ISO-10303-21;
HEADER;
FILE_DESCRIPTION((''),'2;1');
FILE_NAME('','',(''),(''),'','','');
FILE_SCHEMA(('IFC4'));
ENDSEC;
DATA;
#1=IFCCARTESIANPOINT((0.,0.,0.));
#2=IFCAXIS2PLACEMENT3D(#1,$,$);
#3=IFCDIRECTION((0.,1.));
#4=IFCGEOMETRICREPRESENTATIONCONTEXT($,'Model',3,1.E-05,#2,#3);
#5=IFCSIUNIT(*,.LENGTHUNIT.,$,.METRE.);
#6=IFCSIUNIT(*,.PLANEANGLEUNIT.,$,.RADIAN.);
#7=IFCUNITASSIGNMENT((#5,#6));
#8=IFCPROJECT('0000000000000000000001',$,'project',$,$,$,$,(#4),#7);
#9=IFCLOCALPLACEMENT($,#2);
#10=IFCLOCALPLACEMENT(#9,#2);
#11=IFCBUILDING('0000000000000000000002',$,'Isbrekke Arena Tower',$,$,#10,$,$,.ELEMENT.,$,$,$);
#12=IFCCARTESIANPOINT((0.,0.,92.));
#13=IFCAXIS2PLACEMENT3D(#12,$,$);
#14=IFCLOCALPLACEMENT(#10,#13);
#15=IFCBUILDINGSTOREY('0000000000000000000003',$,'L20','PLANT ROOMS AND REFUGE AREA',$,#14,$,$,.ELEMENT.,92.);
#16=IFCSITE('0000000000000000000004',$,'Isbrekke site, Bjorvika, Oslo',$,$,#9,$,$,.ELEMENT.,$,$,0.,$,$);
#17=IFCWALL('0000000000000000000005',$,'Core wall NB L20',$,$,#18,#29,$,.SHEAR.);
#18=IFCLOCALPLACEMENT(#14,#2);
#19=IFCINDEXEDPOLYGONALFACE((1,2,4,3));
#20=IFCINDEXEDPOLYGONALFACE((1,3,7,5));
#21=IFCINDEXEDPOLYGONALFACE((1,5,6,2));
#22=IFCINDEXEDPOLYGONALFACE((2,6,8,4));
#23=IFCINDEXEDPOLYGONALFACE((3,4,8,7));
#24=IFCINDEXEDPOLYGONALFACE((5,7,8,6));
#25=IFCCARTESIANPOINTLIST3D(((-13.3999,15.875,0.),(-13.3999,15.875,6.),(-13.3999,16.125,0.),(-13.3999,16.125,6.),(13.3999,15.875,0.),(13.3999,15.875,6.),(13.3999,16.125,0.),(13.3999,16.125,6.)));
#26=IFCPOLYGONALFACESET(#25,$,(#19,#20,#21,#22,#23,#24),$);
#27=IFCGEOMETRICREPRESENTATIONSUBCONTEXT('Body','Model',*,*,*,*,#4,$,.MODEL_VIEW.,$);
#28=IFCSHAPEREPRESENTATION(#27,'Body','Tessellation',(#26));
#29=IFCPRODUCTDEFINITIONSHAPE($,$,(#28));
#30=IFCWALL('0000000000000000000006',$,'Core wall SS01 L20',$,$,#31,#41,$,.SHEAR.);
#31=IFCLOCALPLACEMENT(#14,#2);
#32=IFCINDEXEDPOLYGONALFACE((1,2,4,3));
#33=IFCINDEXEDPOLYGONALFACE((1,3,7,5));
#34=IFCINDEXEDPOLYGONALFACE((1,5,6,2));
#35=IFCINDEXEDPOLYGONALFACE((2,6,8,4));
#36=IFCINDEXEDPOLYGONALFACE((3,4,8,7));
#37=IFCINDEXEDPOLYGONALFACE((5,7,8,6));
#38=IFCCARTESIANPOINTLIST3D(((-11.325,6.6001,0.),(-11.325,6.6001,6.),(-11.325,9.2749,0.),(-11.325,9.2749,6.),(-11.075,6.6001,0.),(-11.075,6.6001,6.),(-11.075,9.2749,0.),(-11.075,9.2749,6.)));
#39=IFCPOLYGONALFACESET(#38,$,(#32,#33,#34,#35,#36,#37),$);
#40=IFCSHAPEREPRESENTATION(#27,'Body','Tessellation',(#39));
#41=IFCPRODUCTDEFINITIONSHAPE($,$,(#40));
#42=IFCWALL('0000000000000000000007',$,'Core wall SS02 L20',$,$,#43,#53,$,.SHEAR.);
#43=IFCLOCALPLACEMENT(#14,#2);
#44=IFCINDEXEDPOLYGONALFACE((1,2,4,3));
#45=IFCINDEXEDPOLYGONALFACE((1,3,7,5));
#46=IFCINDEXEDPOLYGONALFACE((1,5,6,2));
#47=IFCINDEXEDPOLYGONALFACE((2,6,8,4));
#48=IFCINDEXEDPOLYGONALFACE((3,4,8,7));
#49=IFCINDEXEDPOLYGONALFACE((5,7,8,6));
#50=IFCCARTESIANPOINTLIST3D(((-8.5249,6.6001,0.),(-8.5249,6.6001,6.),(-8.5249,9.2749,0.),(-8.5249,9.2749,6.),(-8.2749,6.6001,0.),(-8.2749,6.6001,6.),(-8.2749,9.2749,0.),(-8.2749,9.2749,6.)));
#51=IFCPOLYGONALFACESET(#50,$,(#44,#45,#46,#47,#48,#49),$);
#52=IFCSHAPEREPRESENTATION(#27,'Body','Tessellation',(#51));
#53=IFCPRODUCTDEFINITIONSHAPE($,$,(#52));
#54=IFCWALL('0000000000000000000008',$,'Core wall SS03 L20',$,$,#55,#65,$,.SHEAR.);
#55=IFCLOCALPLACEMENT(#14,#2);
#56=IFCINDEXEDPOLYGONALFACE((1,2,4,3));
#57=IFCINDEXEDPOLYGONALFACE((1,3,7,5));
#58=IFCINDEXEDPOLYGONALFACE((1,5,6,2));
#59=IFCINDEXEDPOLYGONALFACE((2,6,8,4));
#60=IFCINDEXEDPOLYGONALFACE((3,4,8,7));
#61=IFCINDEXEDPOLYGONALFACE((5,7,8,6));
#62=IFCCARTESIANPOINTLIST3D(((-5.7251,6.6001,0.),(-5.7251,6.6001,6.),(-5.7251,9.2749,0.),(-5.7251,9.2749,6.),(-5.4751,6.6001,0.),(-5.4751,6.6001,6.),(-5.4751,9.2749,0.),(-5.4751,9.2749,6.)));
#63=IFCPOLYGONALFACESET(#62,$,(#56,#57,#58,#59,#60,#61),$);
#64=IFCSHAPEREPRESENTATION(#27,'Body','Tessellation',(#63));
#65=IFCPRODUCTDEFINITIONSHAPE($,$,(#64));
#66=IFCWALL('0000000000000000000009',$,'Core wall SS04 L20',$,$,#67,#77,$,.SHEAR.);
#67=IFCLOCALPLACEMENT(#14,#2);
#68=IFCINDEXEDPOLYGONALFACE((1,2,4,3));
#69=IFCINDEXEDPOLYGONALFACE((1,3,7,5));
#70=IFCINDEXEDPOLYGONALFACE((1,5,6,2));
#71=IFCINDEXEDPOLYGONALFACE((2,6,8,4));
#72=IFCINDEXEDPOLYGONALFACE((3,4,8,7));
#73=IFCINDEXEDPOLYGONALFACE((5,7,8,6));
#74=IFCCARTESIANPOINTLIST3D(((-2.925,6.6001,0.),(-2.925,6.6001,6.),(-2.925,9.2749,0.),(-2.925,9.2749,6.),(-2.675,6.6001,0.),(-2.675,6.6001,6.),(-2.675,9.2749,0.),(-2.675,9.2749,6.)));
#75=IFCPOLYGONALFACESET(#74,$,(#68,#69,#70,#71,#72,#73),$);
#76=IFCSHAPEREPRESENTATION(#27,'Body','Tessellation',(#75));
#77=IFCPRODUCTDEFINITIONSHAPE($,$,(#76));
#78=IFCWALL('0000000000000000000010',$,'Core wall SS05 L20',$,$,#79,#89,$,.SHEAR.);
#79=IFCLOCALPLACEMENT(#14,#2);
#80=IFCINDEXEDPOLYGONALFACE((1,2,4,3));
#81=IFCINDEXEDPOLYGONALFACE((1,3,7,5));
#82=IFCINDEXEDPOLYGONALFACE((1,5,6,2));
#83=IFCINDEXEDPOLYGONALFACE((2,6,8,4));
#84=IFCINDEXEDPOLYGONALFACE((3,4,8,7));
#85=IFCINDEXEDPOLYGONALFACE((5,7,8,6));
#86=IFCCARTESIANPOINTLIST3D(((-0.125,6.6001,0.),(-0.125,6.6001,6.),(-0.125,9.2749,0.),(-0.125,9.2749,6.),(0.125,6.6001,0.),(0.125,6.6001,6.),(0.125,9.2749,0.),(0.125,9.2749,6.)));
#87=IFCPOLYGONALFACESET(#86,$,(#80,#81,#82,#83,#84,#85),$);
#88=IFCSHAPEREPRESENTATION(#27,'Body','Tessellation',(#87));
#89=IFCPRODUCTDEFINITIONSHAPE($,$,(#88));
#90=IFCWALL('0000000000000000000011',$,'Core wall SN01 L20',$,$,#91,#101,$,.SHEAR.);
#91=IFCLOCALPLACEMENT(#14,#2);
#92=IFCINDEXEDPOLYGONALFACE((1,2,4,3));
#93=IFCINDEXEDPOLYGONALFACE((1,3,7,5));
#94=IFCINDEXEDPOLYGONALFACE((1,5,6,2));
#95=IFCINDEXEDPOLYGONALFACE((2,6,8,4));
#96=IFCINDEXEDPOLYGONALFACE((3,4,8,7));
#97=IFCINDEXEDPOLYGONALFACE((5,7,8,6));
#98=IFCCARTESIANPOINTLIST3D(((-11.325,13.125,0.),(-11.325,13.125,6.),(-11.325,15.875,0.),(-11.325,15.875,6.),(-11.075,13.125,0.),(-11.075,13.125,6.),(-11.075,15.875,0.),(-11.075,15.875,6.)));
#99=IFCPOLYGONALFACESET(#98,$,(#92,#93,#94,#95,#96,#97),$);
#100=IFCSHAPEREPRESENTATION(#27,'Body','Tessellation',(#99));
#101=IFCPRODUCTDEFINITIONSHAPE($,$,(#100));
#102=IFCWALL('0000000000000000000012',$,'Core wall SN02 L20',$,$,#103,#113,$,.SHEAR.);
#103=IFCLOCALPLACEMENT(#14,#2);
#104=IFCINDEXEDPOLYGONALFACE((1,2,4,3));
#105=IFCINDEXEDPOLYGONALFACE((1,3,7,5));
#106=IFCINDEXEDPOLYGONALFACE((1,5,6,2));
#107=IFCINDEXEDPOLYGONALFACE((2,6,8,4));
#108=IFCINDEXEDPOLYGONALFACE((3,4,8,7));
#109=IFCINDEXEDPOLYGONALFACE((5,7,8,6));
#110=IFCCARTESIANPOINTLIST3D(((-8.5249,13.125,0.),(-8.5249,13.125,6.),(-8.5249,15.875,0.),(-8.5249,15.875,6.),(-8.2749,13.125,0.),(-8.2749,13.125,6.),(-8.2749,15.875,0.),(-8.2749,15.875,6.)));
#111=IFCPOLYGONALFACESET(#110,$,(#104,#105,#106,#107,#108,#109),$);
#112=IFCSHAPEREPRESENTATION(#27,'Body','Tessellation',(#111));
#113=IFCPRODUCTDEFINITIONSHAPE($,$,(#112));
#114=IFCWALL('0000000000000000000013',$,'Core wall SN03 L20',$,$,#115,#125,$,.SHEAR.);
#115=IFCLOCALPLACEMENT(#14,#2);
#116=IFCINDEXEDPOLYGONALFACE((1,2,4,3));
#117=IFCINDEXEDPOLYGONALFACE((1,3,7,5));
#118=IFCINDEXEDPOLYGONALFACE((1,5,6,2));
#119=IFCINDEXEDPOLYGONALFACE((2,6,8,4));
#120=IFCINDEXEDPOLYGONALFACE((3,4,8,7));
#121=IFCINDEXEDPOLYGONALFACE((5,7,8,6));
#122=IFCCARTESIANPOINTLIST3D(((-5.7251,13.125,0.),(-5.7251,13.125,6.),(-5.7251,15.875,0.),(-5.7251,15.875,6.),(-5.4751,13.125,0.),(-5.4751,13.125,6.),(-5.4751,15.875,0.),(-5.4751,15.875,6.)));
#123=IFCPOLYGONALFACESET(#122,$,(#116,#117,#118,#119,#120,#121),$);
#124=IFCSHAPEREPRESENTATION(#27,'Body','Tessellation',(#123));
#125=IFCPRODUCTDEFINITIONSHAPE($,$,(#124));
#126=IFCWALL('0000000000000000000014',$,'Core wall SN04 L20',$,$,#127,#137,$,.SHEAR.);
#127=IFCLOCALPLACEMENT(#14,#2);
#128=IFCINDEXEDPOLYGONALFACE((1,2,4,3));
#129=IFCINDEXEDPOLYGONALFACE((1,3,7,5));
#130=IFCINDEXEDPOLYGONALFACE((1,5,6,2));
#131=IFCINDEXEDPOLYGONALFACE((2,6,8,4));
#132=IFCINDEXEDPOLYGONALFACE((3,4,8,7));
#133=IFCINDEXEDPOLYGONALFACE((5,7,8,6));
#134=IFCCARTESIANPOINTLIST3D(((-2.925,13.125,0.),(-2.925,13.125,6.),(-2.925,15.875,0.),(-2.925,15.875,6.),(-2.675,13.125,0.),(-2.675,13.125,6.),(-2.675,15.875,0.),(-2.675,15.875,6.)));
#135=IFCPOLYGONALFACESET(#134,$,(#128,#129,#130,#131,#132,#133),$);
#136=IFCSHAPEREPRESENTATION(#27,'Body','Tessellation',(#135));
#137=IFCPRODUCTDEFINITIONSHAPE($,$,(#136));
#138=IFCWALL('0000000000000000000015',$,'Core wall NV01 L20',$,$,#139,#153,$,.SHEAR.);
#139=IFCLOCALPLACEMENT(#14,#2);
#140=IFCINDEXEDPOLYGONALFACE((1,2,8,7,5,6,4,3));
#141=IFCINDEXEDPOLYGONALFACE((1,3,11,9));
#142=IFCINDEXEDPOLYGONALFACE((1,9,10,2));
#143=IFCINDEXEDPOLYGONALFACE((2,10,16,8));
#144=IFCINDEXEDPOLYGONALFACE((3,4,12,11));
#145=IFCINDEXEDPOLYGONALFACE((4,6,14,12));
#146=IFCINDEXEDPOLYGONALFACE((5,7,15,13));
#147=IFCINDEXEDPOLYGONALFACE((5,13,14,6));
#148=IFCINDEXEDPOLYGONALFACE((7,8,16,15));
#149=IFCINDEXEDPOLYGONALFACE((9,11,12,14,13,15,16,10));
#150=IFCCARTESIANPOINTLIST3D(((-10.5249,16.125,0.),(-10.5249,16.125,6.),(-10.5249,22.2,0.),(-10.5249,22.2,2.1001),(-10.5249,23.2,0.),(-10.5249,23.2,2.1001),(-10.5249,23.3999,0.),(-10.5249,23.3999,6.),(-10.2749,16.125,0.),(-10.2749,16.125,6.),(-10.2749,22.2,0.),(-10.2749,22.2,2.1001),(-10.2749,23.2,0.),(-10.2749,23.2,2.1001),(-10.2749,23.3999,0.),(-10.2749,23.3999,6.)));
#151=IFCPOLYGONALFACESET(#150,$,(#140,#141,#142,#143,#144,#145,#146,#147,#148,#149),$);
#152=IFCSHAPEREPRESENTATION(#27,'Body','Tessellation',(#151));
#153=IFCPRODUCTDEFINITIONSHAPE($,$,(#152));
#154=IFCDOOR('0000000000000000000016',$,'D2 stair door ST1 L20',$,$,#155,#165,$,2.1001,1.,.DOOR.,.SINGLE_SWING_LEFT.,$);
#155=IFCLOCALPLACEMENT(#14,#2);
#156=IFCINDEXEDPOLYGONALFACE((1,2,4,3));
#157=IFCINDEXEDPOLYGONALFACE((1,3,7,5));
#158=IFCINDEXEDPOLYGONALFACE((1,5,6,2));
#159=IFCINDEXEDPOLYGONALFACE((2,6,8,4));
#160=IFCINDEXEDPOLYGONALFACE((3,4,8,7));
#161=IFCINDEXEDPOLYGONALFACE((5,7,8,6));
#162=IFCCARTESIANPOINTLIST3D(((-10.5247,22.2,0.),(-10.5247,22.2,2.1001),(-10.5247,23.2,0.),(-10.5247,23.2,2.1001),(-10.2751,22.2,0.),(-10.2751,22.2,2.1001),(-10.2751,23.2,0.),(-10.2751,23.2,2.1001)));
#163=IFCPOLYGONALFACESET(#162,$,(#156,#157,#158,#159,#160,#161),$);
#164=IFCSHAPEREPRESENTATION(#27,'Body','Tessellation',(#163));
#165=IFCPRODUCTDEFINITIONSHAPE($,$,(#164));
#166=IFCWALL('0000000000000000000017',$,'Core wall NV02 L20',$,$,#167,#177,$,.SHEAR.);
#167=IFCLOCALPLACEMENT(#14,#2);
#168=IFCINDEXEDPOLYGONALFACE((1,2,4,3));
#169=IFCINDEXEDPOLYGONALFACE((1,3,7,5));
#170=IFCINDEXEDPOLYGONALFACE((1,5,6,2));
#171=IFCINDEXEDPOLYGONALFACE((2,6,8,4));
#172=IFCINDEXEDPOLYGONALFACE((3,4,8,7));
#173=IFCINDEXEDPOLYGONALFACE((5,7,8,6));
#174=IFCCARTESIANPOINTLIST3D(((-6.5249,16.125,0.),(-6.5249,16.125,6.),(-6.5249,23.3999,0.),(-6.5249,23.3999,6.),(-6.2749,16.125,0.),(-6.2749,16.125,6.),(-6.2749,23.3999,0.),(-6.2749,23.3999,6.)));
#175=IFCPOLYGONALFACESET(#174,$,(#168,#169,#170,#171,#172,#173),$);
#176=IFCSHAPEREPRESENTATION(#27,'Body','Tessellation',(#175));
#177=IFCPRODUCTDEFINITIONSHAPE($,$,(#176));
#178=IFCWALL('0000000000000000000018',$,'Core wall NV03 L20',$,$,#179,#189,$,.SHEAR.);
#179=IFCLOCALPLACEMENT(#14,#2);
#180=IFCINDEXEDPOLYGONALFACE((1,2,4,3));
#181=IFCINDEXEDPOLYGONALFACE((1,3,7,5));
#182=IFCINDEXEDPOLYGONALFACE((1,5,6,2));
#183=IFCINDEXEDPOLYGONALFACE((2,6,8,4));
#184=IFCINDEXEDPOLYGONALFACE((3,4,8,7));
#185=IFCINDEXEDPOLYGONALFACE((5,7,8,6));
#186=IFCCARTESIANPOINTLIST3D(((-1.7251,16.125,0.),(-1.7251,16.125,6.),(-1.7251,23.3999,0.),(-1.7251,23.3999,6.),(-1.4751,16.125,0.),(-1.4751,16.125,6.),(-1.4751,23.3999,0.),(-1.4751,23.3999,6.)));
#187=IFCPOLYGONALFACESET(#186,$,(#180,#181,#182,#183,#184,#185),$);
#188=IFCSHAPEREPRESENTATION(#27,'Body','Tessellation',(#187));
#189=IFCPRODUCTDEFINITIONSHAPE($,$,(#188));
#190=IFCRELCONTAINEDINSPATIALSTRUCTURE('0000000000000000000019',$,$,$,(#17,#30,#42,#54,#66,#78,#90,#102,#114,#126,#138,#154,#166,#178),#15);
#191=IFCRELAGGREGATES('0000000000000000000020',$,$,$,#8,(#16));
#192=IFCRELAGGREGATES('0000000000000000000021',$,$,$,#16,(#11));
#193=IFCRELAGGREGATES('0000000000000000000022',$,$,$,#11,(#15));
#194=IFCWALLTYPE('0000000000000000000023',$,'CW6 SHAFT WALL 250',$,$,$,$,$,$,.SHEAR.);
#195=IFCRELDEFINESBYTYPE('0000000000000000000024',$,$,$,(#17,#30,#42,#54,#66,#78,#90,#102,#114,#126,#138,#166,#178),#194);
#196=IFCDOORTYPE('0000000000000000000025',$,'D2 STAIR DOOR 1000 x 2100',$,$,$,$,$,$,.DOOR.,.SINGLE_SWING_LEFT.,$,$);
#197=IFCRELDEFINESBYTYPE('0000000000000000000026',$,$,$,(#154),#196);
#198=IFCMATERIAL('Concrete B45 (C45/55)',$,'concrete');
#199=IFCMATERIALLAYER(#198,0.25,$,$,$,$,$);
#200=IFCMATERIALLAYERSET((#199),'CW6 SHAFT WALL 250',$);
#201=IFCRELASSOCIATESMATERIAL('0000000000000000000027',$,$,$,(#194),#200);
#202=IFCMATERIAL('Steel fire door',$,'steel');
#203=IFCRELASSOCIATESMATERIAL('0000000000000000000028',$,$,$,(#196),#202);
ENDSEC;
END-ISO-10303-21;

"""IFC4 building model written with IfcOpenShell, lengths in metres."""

from ifc_helpers import new_model, si_unit, direction, frame, frame_2d, origin, place, context, subcontext, project, spatial, rectangle, extrude, material, layer, layer_set, type_object, element, fill, save


model = new_model("IFC4")

# Units and contexts
model_context = context("Model", 3, precision=1e-05, world=origin(), true_north=direction((0.0, 1.0)))
body_context = subcontext(model_context, "Body", "Model", "MODEL_VIEW")
ifc_project = project(units=[si_unit("LENGTHUNIT", "METRE"), si_unit("PLANEANGLEUNIT", "RADIAN")], contexts=[model_context])

# Site, building, storey
site_placement = place(None, origin())
site = spatial("IfcSite", under=ifc_project, at=site_placement, Name="Isbrekke site, Bjorvika, Oslo", CompositionType="ELEMENT", RefElevation=0.0)
building_placement = place(site_placement, origin())
building = spatial("IfcBuilding", under=site, at=building_placement, Name="Isbrekke Arena Tower", CompositionType="ELEMENT")
storey_placement = place(building_placement, frame((0.0, 0.0, 92.0)))
storey = spatial("IfcBuildingStorey", under=building, at=storey_placement, Name="L20", Description="PLANT ROOMS AND REFUGE AREA", CompositionType="ELEMENT", Elevation=92.0)

# Walls
ifc_material_1 = material(Name="Concrete B45 (C45/55)", Category="concrete")
ifc_layer_1 = layer(ifc_material_1, 0.25)
ifc_layer_set_1 = layer_set([ifc_layer_1], Name="CW6 SHAFT WALL 250")
wall_type_1 = type_object("IfcWallType", Name="CW6 SHAFT WALL 250", PredefinedType="SHEAR", material=ifc_layer_set_1)
for number, where, z_axis, x_axis, name in (
    (1, (-13.3999, 16.0, 0.0), (0.0, 0.0, 1.0), (1.0, 0.0, 0.0), "Core wall NB L20"),
):
    element("IfcWall", number, at=place(storey_placement, frame(where, z_axis=z_axis, x_axis=x_axis)), inside=storey, type_object=wall_type_1, Name=name, PredefinedType="SHEAR", context=body_context, shape_type="SweptSolid", body=[
        extrude(rectangle(XDim=26.7998, YDim=0.25, at=frame_2d((13.3999, 0.0))), origin(), (0.0, 0.0, 1.0), 6.0),
    ])
for number, where, z_axis, x_axis, name in (
    (2, (-11.2, 6.6001, 0.0), (0.0, 0.0, 1.0), (0.0, 1.0, 0.0), "Core wall SS01 L20"),
    (3, (-8.3999, 6.6001, 0.0), (0.0, 0.0, 1.0), (0.0, 1.0, 0.0), "Core wall SS02 L20"),
    (4, (-5.6001, 6.6001, 0.0), (0.0, 0.0, 1.0), (0.0, 1.0, 0.0), "Core wall SS03 L20"),
    (5, (-2.8, 6.6001, 0.0), (0.0, 0.0, 1.0), (0.0, 1.0, 0.0), "Core wall SS04 L20"),
    (6, (0.0, 6.6001, 0.0), (0.0, 0.0, 1.0), (0.0, 1.0, 0.0), "Core wall SS05 L20"),
):
    element("IfcWall", number, at=place(storey_placement, frame(where, z_axis=z_axis, x_axis=x_axis)), inside=storey, type_object=wall_type_1, Name=name, PredefinedType="SHEAR", context=body_context, shape_type="SweptSolid", body=[
        extrude(rectangle(XDim=2.6748, YDim=0.25, at=frame_2d((1.3374, 0.0))), origin(), (0.0, 0.0, 1.0), 6.0),
    ])
for number, where, z_axis, x_axis, name in (
    (7, (-11.2, 13.125, 0.0), (0.0, 0.0, 1.0), (0.0, 1.0, 0.0), "Core wall SN01 L20"),
    (8, (-8.3999, 13.125, 0.0), (0.0, 0.0, 1.0), (0.0, 1.0, 0.0), "Core wall SN02 L20"),
    (9, (-5.6001, 13.125, 0.0), (0.0, 0.0, 1.0), (0.0, 1.0, 0.0), "Core wall SN03 L20"),
    (10, (-2.8, 13.125, 0.0), (0.0, 0.0, 1.0), (0.0, 1.0, 0.0), "Core wall SN04 L20"),
):
    element("IfcWall", number, at=place(storey_placement, frame(where, z_axis=z_axis, x_axis=x_axis)), inside=storey, type_object=wall_type_1, Name=name, PredefinedType="SHEAR", context=body_context, shape_type="SweptSolid", body=[
        extrude(rectangle(XDim=2.75, YDim=0.25, at=frame_2d((1.375, 0.0))), origin(), (0.0, 0.0, 1.0), 6.0),
    ])

# Wall, opening, door
wall_1_placement = place(storey_placement, frame((-10.3999, 16.125, 0.0), z_axis=(0.0, 0.0, 1.0), x_axis=(0.0, 1.0, 0.0)))
wall_1 = element("IfcWall", 11, at=wall_1_placement, inside=storey, type_object=wall_type_1, Name="Core wall NV01 L20", PredefinedType="SHEAR", context=body_context, shape_type="SweptSolid", body=[
    extrude(rectangle(XDim=7.2749, YDim=0.25, at=frame_2d((3.6375, 0.0))), origin(), (0.0, 0.0, 1.0), 6.0),
])
opening_1_placement = place(wall_1_placement, frame((6.075, 0.0, 0.0)))
opening_1 = element("IfcOpeningElement", 12, at=opening_1_placement, cuts=wall_1, PredefinedType="OPENING", context=body_context, shape_type="SweptSolid", body=[
    extrude(rectangle(XDim=1.0, YDim=2.1001, at=frame_2d((0.5, 1.05))), frame((0.0, 0.1399, 0.0), z_axis=(0.0, -1.0, 0.0), x_axis=(1.0, 0.0, 0.0)), (0.0, 0.0, 1.0), 0.2798),
])
ifc_material_2 = material(Name="Steel fire door", Category="steel")
door_type_1 = type_object("IfcDoorType", Name="D2 STAIR DOOR 1000 x 2100", OperationType="SINGLE_SWING_LEFT", PredefinedType="DOOR", material=ifc_material_2)
door_1_placement = place(opening_1_placement, origin())
door_1 = element("IfcDoor", 13, at=door_1_placement, inside=storey, type_object=door_type_1, Name="D2 stair door ST1 L20", OperationType="SINGLE_SWING_LEFT", OverallHeight=2.1001, OverallWidth=1.0, PredefinedType="DOOR", context=body_context, shape_type="SweptSolid", body=[
    extrude(rectangle(XDim=1.0, YDim=2.1001, at=frame_2d((0.5, 1.05))), frame((0.0, 0.1248, 0.0), z_axis=(0.0, -1.0, 0.0), x_axis=(1.0, 0.0, 0.0)), (0.0, 0.0, 1.0), 0.2495),
])
fill(opening_1, door_1)

# Walls
for number, where, z_axis, x_axis, name in (
    (14, (-6.3999, 16.125, 0.0), (0.0, 0.0, 1.0), (0.0, 1.0, 0.0), "Core wall NV02 L20"),
    (15, (-1.6001, 16.125, 0.0), (0.0, 0.0, 1.0), (0.0, 1.0, 0.0), "Core wall NV03 L20"),
):
    element("IfcWall", number, at=place(storey_placement, frame(where, z_axis=z_axis, x_axis=x_axis)), inside=storey, type_object=wall_type_1, Name=name, PredefinedType="SHEAR", context=body_context, shape_type="SweptSolid", body=[
        extrude(rectangle(XDim=7.2749, YDim=0.25, at=frame_2d((3.6375, 0.0))), origin(), (0.0, 0.0, 1.0), 6.0),
    ])

save(model, "model.ifc")
